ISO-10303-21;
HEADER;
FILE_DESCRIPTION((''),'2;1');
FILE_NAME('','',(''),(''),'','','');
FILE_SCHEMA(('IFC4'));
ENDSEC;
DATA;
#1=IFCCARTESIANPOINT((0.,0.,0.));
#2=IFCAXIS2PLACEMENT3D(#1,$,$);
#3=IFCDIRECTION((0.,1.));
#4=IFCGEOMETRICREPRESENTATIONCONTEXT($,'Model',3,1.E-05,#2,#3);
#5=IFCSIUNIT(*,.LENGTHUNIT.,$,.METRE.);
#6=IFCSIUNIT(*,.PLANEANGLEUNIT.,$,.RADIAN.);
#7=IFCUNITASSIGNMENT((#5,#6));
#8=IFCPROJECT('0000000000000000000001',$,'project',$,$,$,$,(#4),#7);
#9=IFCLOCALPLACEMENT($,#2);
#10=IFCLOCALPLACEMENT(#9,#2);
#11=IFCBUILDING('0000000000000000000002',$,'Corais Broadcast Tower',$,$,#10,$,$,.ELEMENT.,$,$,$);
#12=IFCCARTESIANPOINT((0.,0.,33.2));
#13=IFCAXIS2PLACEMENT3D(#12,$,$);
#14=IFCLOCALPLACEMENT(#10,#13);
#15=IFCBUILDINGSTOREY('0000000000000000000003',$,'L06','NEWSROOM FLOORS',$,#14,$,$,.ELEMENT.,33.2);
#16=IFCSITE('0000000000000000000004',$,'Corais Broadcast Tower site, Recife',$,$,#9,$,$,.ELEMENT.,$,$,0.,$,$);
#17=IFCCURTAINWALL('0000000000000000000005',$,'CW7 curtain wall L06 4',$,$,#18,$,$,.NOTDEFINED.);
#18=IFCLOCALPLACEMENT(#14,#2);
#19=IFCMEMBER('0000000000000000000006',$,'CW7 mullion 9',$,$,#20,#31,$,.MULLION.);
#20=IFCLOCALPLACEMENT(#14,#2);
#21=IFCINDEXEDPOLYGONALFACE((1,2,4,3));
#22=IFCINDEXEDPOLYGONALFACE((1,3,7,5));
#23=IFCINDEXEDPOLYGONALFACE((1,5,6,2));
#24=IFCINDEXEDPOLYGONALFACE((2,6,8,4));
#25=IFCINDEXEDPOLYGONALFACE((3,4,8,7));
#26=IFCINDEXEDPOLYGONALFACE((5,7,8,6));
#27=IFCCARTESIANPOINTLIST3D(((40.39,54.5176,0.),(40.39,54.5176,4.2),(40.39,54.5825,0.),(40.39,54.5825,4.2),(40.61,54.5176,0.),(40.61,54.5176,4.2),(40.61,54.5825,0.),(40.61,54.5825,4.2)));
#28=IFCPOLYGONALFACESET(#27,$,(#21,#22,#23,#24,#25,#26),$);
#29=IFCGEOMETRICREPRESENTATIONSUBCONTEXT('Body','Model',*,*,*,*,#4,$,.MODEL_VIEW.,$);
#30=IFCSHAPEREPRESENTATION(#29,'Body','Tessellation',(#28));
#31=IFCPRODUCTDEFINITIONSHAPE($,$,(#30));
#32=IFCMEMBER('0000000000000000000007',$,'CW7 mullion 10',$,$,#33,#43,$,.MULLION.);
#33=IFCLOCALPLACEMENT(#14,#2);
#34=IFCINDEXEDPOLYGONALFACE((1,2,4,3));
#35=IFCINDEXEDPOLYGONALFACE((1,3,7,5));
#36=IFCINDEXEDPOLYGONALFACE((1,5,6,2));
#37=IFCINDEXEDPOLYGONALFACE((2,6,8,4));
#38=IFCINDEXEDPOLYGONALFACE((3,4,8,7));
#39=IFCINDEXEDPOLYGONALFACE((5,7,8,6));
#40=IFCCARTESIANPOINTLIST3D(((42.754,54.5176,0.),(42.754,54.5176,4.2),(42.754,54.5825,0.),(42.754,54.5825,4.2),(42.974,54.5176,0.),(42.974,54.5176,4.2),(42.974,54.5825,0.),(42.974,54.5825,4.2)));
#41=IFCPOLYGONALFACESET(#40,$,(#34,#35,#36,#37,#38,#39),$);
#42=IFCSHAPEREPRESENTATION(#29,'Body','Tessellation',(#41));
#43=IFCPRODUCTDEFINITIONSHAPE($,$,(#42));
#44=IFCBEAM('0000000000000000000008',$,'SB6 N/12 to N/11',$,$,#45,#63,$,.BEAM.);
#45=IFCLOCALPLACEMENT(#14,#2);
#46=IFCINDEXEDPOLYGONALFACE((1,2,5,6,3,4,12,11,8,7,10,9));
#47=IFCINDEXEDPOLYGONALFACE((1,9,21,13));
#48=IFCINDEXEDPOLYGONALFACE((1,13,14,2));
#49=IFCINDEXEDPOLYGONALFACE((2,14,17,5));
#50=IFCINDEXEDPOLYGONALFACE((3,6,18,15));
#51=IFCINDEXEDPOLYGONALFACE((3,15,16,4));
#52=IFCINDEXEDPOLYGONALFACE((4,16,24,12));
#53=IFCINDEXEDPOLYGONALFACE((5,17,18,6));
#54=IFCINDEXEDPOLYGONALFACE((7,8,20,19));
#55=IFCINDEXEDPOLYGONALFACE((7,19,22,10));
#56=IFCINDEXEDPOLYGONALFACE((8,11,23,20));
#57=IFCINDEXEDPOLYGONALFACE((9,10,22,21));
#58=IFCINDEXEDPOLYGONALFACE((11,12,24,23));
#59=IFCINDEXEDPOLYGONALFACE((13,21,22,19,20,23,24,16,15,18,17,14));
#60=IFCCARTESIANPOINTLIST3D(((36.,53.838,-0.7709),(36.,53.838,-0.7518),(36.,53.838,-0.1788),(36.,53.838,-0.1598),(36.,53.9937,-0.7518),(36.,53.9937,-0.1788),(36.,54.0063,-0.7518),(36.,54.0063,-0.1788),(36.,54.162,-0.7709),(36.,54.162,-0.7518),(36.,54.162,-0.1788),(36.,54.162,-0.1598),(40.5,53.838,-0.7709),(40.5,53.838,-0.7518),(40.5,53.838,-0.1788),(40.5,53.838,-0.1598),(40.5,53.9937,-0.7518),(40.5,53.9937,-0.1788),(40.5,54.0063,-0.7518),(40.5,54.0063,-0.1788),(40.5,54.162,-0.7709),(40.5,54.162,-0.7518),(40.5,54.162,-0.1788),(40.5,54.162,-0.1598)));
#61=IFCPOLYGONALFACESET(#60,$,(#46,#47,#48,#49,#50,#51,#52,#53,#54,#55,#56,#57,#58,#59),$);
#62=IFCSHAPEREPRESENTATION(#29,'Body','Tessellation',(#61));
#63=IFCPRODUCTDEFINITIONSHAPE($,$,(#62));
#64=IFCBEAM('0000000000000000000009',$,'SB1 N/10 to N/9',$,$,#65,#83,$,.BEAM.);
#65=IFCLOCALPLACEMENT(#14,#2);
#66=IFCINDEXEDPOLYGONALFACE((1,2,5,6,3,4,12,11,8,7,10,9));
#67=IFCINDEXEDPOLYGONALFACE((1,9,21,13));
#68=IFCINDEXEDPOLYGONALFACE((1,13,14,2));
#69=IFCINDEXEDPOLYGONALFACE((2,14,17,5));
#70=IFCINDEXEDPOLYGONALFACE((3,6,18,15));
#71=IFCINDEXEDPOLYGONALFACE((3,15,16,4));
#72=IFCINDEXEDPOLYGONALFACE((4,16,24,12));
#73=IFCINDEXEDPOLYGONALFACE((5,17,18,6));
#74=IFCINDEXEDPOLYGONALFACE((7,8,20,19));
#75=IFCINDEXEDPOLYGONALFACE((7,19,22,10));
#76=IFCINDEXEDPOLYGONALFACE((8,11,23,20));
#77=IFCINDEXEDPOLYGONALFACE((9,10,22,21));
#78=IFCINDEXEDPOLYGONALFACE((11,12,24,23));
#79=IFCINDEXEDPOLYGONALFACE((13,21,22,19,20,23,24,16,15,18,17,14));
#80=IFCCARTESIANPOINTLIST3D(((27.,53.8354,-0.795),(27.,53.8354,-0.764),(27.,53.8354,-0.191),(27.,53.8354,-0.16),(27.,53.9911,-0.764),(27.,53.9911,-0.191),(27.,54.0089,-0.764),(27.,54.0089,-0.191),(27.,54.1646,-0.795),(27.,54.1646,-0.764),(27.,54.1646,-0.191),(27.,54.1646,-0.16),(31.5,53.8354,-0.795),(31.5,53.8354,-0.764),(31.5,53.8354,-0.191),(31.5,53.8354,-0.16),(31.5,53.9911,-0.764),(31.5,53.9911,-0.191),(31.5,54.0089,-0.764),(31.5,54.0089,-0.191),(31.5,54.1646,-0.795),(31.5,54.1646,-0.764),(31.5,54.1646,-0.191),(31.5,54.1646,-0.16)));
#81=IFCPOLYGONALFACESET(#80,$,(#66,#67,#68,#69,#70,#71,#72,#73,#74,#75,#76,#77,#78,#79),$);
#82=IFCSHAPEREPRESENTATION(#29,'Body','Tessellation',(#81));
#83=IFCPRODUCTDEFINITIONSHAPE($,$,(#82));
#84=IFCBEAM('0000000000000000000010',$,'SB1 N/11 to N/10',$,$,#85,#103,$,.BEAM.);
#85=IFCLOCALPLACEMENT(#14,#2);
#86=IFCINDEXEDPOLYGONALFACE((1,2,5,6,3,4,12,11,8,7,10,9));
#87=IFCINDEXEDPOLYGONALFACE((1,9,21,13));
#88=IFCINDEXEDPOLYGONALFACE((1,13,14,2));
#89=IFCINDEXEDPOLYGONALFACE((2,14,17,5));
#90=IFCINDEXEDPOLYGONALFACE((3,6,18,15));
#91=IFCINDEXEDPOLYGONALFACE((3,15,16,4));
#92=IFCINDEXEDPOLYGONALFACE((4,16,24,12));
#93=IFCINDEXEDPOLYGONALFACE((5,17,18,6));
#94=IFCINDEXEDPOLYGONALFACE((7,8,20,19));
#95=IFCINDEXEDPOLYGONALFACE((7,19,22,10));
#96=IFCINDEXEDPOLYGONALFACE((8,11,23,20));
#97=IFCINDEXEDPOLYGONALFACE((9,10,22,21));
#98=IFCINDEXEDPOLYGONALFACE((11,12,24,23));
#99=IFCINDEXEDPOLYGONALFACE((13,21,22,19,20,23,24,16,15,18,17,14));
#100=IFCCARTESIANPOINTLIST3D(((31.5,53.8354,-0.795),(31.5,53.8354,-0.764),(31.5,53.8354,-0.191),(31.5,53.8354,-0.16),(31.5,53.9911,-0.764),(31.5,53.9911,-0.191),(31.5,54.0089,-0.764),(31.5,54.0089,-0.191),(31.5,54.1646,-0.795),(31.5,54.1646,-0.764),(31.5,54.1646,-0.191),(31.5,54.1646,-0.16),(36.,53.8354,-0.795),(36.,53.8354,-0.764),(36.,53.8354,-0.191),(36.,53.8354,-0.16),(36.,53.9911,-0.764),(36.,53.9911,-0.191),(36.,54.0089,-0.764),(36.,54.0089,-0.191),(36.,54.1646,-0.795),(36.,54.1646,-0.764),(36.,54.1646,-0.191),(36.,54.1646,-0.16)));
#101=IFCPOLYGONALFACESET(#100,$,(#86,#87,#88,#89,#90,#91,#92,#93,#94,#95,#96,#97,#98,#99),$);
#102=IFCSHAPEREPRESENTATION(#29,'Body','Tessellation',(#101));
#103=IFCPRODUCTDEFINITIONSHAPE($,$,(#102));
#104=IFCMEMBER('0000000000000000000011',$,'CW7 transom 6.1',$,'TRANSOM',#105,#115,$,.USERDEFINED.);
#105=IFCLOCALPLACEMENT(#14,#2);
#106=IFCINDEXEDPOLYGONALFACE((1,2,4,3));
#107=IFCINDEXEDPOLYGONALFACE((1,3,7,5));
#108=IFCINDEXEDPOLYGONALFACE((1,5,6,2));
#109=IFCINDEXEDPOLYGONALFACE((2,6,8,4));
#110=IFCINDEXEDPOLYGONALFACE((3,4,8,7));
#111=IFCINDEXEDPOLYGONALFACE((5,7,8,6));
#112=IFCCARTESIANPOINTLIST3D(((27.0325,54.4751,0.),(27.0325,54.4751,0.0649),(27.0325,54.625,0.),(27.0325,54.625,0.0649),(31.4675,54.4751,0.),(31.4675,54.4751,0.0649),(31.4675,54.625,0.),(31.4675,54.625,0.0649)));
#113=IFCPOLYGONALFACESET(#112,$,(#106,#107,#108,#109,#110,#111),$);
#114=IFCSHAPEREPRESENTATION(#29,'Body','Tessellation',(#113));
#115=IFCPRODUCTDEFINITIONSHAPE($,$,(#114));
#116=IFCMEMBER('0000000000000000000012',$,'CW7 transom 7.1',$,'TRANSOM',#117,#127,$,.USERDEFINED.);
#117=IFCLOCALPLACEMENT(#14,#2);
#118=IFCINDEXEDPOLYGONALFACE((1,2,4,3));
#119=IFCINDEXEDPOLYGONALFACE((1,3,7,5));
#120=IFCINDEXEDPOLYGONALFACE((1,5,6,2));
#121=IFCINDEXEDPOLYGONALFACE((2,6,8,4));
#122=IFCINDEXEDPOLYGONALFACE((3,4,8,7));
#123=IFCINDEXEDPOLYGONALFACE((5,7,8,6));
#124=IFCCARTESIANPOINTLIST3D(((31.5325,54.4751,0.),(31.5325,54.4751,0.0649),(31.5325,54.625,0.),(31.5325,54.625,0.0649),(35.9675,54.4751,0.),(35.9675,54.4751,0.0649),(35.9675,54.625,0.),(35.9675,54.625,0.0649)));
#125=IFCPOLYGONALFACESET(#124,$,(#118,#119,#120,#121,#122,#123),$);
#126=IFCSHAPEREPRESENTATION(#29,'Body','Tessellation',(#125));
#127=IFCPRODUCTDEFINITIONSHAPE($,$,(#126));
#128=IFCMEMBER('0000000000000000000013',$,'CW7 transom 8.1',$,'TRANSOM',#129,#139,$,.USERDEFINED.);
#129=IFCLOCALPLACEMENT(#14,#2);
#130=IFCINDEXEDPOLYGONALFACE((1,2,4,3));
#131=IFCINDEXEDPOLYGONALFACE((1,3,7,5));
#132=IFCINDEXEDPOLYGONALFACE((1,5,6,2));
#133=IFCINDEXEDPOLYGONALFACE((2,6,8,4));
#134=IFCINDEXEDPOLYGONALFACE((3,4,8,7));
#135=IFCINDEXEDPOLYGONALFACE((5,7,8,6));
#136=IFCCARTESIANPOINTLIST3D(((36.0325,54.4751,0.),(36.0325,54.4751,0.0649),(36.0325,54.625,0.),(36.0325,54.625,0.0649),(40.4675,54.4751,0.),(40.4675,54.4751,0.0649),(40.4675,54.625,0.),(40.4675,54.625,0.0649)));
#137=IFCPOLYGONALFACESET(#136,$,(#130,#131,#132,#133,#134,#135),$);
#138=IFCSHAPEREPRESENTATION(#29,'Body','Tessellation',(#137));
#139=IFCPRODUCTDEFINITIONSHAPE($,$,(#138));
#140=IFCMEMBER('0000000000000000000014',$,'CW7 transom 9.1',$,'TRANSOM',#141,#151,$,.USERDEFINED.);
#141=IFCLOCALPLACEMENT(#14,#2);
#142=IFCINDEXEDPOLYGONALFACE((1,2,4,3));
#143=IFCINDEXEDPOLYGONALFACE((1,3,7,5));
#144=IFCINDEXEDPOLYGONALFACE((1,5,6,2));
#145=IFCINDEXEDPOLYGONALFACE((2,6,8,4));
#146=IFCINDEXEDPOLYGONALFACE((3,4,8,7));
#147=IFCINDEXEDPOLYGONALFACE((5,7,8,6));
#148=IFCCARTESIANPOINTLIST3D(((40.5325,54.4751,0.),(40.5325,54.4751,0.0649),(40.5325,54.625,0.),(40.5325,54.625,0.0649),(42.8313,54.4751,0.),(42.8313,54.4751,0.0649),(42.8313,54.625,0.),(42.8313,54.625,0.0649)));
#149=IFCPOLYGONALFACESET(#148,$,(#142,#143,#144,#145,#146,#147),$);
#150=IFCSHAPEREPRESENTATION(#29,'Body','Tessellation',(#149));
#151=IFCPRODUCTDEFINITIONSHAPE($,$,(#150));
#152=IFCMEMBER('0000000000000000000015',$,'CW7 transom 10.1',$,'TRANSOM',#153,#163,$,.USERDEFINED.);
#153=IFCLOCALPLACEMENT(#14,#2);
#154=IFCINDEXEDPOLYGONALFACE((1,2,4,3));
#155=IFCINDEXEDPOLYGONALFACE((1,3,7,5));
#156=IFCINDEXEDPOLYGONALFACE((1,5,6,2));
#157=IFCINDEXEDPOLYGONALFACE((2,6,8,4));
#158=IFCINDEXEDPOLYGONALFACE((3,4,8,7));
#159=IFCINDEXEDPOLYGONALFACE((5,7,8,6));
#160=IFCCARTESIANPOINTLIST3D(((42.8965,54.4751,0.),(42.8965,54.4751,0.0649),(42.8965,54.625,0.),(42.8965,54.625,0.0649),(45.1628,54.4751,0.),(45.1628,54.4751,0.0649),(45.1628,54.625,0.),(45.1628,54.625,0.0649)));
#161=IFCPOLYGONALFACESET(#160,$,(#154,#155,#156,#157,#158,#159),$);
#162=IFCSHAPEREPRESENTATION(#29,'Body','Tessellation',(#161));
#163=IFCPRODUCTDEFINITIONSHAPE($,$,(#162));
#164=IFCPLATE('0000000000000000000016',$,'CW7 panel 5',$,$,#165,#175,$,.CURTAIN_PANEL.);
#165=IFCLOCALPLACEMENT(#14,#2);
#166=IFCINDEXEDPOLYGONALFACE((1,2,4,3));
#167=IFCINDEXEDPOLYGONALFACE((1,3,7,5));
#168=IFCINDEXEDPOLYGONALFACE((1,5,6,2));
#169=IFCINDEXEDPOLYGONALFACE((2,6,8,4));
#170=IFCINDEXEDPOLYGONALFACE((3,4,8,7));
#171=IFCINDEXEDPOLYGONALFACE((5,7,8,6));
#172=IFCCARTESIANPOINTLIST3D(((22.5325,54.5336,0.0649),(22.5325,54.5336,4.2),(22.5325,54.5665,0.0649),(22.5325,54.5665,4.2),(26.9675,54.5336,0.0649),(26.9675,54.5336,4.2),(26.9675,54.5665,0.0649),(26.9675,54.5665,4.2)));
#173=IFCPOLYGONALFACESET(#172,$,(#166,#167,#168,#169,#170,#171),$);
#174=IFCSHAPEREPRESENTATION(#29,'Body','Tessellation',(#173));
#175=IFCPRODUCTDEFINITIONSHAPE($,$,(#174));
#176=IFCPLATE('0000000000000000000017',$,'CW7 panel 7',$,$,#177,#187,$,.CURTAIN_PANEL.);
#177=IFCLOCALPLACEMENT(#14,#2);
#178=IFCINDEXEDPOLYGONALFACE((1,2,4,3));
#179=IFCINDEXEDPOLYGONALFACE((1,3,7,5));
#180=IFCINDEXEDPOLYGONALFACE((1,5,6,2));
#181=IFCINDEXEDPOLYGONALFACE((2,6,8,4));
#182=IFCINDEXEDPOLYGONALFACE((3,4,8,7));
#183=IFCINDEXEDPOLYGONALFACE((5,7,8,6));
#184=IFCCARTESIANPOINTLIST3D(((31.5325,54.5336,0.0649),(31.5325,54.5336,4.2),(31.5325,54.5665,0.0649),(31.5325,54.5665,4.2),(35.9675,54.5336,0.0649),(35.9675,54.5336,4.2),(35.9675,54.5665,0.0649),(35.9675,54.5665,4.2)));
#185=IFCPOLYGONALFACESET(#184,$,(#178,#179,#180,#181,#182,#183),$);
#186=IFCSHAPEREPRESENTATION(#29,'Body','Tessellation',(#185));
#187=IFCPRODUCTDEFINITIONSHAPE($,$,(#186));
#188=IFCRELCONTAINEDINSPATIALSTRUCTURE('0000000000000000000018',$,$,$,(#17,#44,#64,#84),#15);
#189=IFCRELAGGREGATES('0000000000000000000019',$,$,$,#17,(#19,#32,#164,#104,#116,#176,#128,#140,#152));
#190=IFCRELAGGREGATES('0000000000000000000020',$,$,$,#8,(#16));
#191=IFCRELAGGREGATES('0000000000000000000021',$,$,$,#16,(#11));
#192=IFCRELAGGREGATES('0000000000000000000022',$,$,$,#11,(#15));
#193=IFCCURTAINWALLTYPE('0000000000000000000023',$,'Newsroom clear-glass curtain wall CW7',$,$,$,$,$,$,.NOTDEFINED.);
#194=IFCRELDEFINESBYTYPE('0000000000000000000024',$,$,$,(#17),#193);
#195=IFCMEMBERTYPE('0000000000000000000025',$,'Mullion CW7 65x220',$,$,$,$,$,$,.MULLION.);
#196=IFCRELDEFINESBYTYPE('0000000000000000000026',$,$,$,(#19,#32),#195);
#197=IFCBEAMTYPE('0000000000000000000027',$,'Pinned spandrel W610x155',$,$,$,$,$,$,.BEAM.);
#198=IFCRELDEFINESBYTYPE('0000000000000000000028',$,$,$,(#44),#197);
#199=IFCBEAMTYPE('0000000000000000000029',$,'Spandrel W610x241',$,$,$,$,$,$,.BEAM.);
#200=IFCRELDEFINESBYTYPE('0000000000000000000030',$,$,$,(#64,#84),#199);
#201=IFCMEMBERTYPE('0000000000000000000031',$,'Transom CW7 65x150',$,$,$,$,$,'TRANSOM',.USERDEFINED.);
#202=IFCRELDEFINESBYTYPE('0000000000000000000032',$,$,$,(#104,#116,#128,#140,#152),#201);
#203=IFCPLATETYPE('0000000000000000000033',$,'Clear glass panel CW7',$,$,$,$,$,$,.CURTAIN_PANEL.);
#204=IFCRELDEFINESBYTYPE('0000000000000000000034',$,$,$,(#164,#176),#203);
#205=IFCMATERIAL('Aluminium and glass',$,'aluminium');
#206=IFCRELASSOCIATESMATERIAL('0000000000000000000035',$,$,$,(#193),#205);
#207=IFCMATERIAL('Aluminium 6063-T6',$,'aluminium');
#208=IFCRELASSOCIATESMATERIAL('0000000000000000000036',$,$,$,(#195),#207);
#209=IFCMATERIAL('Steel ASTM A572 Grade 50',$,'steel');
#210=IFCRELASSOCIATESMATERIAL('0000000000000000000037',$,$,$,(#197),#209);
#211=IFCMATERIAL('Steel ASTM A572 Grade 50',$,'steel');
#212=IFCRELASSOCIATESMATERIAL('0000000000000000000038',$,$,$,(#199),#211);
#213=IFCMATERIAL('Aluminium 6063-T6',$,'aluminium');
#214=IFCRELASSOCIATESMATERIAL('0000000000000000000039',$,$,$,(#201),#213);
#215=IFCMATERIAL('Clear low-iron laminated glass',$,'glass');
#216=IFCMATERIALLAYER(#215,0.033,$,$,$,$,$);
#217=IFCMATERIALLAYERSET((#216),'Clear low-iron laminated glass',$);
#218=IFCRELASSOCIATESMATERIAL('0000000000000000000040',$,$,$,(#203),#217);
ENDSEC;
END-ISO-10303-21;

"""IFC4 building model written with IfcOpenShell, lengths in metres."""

from ifc_helpers import new_model, si_unit, direction, frame, origin, origin_2d, place, context, subcontext, project, spatial, rectangle, i_section, extrude, material, layer, layer_set, material_profile, profile_set, type_object, element, aggregate, save


model = new_model("IFC4")

# Units and contexts
model_context = context("Model", 3, precision=1e-05, world=origin(), true_north=direction((0.0, 1.0)))
body_context = subcontext(model_context, "Body", "Model", "MODEL_VIEW")
ifc_project = project(units=[si_unit("LENGTHUNIT", "METRE"), si_unit("PLANEANGLEUNIT", "RADIAN")], contexts=[model_context])

# Site, building, storey
site_placement = place(None, origin())
site = spatial("IfcSite", under=ifc_project, at=site_placement, Name="Corais Broadcast Tower site, Recife", CompositionType="ELEMENT", RefElevation=0.0)
building_placement = place(site_placement, origin())
building = spatial("IfcBuilding", under=site, at=building_placement, Name="Corais Broadcast Tower", CompositionType="ELEMENT")
storey_placement = place(building_placement, frame((0.0, 0.0, 33.2)))
storey = spatial("IfcBuildingStorey", under=building, at=storey_placement, Name="L06", Description="NEWSROOM FLOORS", CompositionType="ELEMENT", Elevation=33.2)

# Curtain wall, members
ifc_material_1 = material(Name="Aluminium and glass", Category="aluminium")
curtain_wall_type = type_object("IfcCurtainWallType", Name="Newsroom clear-glass curtain wall CW7", PredefinedType="NOTDEFINED", material=ifc_material_1)
curtain_wall_placement = place(storey_placement, origin())
curtain_wall = element("IfcCurtainWall", 1, at=curtain_wall_placement, inside=storey, type_object=curtain_wall_type, Name="CW7 curtain wall L06 4", PredefinedType="NOTDEFINED")
ifc_material_2 = material(Name="Aluminium 6063-T6", Category="aluminium")
ifc_material_profile_1 = material_profile(ifc_material_2, rectangle(XDim=0.0649, YDim=0.22, at=origin_2d()), Name="Mullion CW7 65x220")
ifc_profile_set_1 = profile_set([ifc_material_profile_1], Name="Aluminium 6063-T6")
member_type_1 = type_object("IfcMemberType", Name="Mullion CW7 65x220", PredefinedType="MULLION", material=ifc_profile_set_1)
member_1_placement = place(storey_placement, frame((40.5, 54.55, 0.0), z_axis=(0.0, 0.0, 1.0), x_axis=(0.0, 1.0, 0.0)))
member_1 = element("IfcMember", 2, at=member_1_placement, type_object=member_type_1, Name="CW7 mullion 9", PredefinedType="MULLION", context=body_context, shape_type="SweptSolid", body=[
    extrude(rectangle(XDim=0.0649, YDim=0.22, at=origin_2d()), origin(), (0.0, 0.0, 1.0), 4.2),
])
member_2_placement = place(storey_placement, frame((42.864, 54.55, 0.0), z_axis=(0.0, 0.0, 1.0), x_axis=(0.0, 1.0, 0.0)))
member_2 = element("IfcMember", 3, at=member_2_placement, type_object=member_type_1, Name="CW7 mullion 10", PredefinedType="MULLION", context=body_context, shape_type="SweptSolid", body=[
    extrude(rectangle(XDim=0.0649, YDim=0.22, at=origin_2d()), origin(), (0.0, 0.0, 1.0), 4.2),
])

# Beams
ifc_material_3 = material(Name="Steel ASTM A572 Grade 50", Category="steel")
ifc_material_profile_2 = material_profile(ifc_material_3, i_section(OverallWidth=0.324, OverallDepth=0.6111, WebThickness=0.0127, FlangeThickness=0.019, at=origin_2d()), Name="W610x155")
ifc_profile_set_2 = profile_set([ifc_material_profile_2], Name="Steel ASTM A572 Grade 50")
beam_type_1 = type_object("IfcBeamType", Name="Pinned spandrel W610x155", PredefinedType="BEAM", material=ifc_profile_set_2)
beam_1_placement = place(storey_placement, frame((40.5, 54.0, -0.4653), z_axis=(-1.0, 0.0, 0.0), x_axis=(0.0, -1.0, 0.0)))
element("IfcBeam", 4, at=beam_1_placement, inside=storey, type_object=beam_type_1, Name="SB6 N/12 to N/11", PredefinedType="BEAM", context=body_context, shape_type="SweptSolid", body=[
    extrude(i_section(OverallWidth=0.324, OverallDepth=0.6111, WebThickness=0.0127, FlangeThickness=0.019, at=origin_2d()), origin(), (0.0, 0.0, 1.0), 4.5),
])
ifc_material_4 = material(Name="Steel ASTM A572 Grade 50", Category="steel")
ifc_material_profile_3 = material_profile(ifc_material_4, i_section(OverallWidth=0.3291, OverallDepth=0.635, WebThickness=0.0178, FlangeThickness=0.031, at=origin_2d()), Name="W610x241")
ifc_profile_set_3 = profile_set([ifc_material_profile_3], Name="Steel ASTM A572 Grade 50")
beam_type_2 = type_object("IfcBeamType", Name="Spandrel W610x241", PredefinedType="BEAM", material=ifc_profile_set_3)
for number, where, z_axis, x_axis, name in (
    (5, (31.5, 54.0, -0.4775), (-1.0, 0.0, 0.0), (0.0, -1.0, 0.0), "SB1 N/10 to N/9"),
    (6, (36.0, 54.0, -0.4775), (-1.0, 0.0, 0.0), (0.0, -1.0, 0.0), "SB1 N/11 to N/10"),
):
    element("IfcBeam", number, at=place(storey_placement, frame(where, z_axis=z_axis, x_axis=x_axis)), inside=storey, type_object=beam_type_2, Name=name, PredefinedType="BEAM", context=body_context, shape_type="SweptSolid", body=[
        extrude(i_section(OverallWidth=0.3291, OverallDepth=0.635, WebThickness=0.0178, FlangeThickness=0.031, at=origin_2d()), origin(), (0.0, 0.0, 1.0), 4.5),
    ])

# Members
ifc_material_5 = material(Name="Aluminium 6063-T6", Category="aluminium")
ifc_material_profile_4 = material_profile(ifc_material_5, rectangle(XDim=0.1499, YDim=0.0649, at=origin_2d()), Name="Transom CW7 65x150")
ifc_profile_set_4 = profile_set([ifc_material_profile_4], Name="Aluminium 6063-T6")
member_type_2 = type_object("IfcMemberType", Name="Transom CW7 65x150", ElementType="TRANSOM", PredefinedType="USERDEFINED", material=ifc_profile_set_4)
member_3_placement = place(storey_placement, frame((27.0325, 54.55, 0.0325), z_axis=(1.0, 0.0, 0.0), x_axis=(0.0, 1.0, 0.0)))
member_3 = element("IfcMember", 7, at=member_3_placement, type_object=member_type_2, Name="CW7 transom 6.1", ObjectType="TRANSOM", PredefinedType="USERDEFINED", context=body_context, shape_type="SweptSolid", body=[
    extrude(rectangle(XDim=0.1499, YDim=0.0649, at=origin_2d()), origin(), (0.0, 0.0, 1.0), 4.4351),
])
member_4_placement = place(storey_placement, frame((31.5325, 54.55, 0.0325), z_axis=(1.0, 0.0, 0.0), x_axis=(0.0, 1.0, 0.0)))
member_4 = element("IfcMember", 8, at=member_4_placement, type_object=member_type_2, Name="CW7 transom 7.1", ObjectType="TRANSOM", PredefinedType="USERDEFINED", context=body_context, shape_type="SweptSolid", body=[
    extrude(rectangle(XDim=0.1499, YDim=0.0649, at=origin_2d()), origin(), (0.0, 0.0, 1.0), 4.4351),
])
member_5_placement = place(storey_placement, frame((36.0325, 54.55, 0.0325), z_axis=(1.0, 0.0, 0.0), x_axis=(0.0, 1.0, 0.0)))
member_5 = element("IfcMember", 9, at=member_5_placement, type_object=member_type_2, Name="CW7 transom 8.1", ObjectType="TRANSOM", PredefinedType="USERDEFINED", context=body_context, shape_type="SweptSolid", body=[
    extrude(rectangle(XDim=0.1499, YDim=0.0649, at=origin_2d()), origin(), (0.0, 0.0, 1.0), 4.4351),
])
member_6_placement = place(storey_placement, frame((40.5325, 54.55, 0.0325), z_axis=(1.0, 0.0, 0.0), x_axis=(0.0, 1.0, 0.0)))
member_6 = element("IfcMember", 10, at=member_6_placement, type_object=member_type_2, Name="CW7 transom 9.1", ObjectType="TRANSOM", PredefinedType="USERDEFINED", context=body_context, shape_type="SweptSolid", body=[
    extrude(rectangle(XDim=0.1499, YDim=0.0649, at=origin_2d()), origin(), (0.0, 0.0, 1.0), 2.2988),
])
member_7_placement = place(storey_placement, frame((42.8965, 54.55, 0.0325), z_axis=(1.0, 0.0, 0.0), x_axis=(0.0, 1.0, 0.0)))
member_7 = element("IfcMember", 11, at=member_7_placement, type_object=member_type_2, Name="CW7 transom 10.1", ObjectType="TRANSOM", PredefinedType="USERDEFINED", context=body_context, shape_type="SweptSolid", body=[
    extrude(rectangle(XDim=0.1499, YDim=0.0649, at=origin_2d()), origin(), (0.0, 0.0, 1.0), 2.2664),
])

# Plates
ifc_material_6 = material(Name="Clear low-iron laminated glass", Category="glass")
ifc_layer_1 = layer(ifc_material_6, 0.033)
ifc_layer_set_1 = layer_set([ifc_layer_1], Name="Clear low-iron laminated glass")
plate_type_1 = type_object("IfcPlateType", Name="Clear glass panel CW7", PredefinedType="CURTAIN_PANEL", material=ifc_layer_set_1)
plate_1_placement = place(storey_placement, frame((24.75, 54.55, 0.0649), z_axis=(0.0, 0.0, 1.0), x_axis=(1.0, 0.0, 0.0)))
plate_1 = element("IfcPlate", 12, at=plate_1_placement, type_object=plate_type_1, Name="CW7 panel 5", PredefinedType="CURTAIN_PANEL", context=body_context, shape_type="SweptSolid", body=[
    extrude(rectangle(XDim=4.4351, YDim=0.033, at=origin_2d()), origin(), (0.0, 0.0, 1.0), 4.135),
])
plate_2_placement = place(storey_placement, frame((33.75, 54.55, 0.0649), z_axis=(0.0, 0.0, 1.0), x_axis=(1.0, 0.0, 0.0)))
plate_2 = element("IfcPlate", 13, at=plate_2_placement, type_object=plate_type_1, Name="CW7 panel 7", PredefinedType="CURTAIN_PANEL", context=body_context, shape_type="SweptSolid", body=[
    extrude(rectangle(XDim=4.4351, YDim=0.033, at=origin_2d()), origin(), (0.0, 0.0, 1.0), 4.135),
])
aggregate(curtain_wall, [member_1, member_2, plate_1, member_3, member_4, plate_2, member_5, member_6, member_7])

save(model, "model.ifc")
